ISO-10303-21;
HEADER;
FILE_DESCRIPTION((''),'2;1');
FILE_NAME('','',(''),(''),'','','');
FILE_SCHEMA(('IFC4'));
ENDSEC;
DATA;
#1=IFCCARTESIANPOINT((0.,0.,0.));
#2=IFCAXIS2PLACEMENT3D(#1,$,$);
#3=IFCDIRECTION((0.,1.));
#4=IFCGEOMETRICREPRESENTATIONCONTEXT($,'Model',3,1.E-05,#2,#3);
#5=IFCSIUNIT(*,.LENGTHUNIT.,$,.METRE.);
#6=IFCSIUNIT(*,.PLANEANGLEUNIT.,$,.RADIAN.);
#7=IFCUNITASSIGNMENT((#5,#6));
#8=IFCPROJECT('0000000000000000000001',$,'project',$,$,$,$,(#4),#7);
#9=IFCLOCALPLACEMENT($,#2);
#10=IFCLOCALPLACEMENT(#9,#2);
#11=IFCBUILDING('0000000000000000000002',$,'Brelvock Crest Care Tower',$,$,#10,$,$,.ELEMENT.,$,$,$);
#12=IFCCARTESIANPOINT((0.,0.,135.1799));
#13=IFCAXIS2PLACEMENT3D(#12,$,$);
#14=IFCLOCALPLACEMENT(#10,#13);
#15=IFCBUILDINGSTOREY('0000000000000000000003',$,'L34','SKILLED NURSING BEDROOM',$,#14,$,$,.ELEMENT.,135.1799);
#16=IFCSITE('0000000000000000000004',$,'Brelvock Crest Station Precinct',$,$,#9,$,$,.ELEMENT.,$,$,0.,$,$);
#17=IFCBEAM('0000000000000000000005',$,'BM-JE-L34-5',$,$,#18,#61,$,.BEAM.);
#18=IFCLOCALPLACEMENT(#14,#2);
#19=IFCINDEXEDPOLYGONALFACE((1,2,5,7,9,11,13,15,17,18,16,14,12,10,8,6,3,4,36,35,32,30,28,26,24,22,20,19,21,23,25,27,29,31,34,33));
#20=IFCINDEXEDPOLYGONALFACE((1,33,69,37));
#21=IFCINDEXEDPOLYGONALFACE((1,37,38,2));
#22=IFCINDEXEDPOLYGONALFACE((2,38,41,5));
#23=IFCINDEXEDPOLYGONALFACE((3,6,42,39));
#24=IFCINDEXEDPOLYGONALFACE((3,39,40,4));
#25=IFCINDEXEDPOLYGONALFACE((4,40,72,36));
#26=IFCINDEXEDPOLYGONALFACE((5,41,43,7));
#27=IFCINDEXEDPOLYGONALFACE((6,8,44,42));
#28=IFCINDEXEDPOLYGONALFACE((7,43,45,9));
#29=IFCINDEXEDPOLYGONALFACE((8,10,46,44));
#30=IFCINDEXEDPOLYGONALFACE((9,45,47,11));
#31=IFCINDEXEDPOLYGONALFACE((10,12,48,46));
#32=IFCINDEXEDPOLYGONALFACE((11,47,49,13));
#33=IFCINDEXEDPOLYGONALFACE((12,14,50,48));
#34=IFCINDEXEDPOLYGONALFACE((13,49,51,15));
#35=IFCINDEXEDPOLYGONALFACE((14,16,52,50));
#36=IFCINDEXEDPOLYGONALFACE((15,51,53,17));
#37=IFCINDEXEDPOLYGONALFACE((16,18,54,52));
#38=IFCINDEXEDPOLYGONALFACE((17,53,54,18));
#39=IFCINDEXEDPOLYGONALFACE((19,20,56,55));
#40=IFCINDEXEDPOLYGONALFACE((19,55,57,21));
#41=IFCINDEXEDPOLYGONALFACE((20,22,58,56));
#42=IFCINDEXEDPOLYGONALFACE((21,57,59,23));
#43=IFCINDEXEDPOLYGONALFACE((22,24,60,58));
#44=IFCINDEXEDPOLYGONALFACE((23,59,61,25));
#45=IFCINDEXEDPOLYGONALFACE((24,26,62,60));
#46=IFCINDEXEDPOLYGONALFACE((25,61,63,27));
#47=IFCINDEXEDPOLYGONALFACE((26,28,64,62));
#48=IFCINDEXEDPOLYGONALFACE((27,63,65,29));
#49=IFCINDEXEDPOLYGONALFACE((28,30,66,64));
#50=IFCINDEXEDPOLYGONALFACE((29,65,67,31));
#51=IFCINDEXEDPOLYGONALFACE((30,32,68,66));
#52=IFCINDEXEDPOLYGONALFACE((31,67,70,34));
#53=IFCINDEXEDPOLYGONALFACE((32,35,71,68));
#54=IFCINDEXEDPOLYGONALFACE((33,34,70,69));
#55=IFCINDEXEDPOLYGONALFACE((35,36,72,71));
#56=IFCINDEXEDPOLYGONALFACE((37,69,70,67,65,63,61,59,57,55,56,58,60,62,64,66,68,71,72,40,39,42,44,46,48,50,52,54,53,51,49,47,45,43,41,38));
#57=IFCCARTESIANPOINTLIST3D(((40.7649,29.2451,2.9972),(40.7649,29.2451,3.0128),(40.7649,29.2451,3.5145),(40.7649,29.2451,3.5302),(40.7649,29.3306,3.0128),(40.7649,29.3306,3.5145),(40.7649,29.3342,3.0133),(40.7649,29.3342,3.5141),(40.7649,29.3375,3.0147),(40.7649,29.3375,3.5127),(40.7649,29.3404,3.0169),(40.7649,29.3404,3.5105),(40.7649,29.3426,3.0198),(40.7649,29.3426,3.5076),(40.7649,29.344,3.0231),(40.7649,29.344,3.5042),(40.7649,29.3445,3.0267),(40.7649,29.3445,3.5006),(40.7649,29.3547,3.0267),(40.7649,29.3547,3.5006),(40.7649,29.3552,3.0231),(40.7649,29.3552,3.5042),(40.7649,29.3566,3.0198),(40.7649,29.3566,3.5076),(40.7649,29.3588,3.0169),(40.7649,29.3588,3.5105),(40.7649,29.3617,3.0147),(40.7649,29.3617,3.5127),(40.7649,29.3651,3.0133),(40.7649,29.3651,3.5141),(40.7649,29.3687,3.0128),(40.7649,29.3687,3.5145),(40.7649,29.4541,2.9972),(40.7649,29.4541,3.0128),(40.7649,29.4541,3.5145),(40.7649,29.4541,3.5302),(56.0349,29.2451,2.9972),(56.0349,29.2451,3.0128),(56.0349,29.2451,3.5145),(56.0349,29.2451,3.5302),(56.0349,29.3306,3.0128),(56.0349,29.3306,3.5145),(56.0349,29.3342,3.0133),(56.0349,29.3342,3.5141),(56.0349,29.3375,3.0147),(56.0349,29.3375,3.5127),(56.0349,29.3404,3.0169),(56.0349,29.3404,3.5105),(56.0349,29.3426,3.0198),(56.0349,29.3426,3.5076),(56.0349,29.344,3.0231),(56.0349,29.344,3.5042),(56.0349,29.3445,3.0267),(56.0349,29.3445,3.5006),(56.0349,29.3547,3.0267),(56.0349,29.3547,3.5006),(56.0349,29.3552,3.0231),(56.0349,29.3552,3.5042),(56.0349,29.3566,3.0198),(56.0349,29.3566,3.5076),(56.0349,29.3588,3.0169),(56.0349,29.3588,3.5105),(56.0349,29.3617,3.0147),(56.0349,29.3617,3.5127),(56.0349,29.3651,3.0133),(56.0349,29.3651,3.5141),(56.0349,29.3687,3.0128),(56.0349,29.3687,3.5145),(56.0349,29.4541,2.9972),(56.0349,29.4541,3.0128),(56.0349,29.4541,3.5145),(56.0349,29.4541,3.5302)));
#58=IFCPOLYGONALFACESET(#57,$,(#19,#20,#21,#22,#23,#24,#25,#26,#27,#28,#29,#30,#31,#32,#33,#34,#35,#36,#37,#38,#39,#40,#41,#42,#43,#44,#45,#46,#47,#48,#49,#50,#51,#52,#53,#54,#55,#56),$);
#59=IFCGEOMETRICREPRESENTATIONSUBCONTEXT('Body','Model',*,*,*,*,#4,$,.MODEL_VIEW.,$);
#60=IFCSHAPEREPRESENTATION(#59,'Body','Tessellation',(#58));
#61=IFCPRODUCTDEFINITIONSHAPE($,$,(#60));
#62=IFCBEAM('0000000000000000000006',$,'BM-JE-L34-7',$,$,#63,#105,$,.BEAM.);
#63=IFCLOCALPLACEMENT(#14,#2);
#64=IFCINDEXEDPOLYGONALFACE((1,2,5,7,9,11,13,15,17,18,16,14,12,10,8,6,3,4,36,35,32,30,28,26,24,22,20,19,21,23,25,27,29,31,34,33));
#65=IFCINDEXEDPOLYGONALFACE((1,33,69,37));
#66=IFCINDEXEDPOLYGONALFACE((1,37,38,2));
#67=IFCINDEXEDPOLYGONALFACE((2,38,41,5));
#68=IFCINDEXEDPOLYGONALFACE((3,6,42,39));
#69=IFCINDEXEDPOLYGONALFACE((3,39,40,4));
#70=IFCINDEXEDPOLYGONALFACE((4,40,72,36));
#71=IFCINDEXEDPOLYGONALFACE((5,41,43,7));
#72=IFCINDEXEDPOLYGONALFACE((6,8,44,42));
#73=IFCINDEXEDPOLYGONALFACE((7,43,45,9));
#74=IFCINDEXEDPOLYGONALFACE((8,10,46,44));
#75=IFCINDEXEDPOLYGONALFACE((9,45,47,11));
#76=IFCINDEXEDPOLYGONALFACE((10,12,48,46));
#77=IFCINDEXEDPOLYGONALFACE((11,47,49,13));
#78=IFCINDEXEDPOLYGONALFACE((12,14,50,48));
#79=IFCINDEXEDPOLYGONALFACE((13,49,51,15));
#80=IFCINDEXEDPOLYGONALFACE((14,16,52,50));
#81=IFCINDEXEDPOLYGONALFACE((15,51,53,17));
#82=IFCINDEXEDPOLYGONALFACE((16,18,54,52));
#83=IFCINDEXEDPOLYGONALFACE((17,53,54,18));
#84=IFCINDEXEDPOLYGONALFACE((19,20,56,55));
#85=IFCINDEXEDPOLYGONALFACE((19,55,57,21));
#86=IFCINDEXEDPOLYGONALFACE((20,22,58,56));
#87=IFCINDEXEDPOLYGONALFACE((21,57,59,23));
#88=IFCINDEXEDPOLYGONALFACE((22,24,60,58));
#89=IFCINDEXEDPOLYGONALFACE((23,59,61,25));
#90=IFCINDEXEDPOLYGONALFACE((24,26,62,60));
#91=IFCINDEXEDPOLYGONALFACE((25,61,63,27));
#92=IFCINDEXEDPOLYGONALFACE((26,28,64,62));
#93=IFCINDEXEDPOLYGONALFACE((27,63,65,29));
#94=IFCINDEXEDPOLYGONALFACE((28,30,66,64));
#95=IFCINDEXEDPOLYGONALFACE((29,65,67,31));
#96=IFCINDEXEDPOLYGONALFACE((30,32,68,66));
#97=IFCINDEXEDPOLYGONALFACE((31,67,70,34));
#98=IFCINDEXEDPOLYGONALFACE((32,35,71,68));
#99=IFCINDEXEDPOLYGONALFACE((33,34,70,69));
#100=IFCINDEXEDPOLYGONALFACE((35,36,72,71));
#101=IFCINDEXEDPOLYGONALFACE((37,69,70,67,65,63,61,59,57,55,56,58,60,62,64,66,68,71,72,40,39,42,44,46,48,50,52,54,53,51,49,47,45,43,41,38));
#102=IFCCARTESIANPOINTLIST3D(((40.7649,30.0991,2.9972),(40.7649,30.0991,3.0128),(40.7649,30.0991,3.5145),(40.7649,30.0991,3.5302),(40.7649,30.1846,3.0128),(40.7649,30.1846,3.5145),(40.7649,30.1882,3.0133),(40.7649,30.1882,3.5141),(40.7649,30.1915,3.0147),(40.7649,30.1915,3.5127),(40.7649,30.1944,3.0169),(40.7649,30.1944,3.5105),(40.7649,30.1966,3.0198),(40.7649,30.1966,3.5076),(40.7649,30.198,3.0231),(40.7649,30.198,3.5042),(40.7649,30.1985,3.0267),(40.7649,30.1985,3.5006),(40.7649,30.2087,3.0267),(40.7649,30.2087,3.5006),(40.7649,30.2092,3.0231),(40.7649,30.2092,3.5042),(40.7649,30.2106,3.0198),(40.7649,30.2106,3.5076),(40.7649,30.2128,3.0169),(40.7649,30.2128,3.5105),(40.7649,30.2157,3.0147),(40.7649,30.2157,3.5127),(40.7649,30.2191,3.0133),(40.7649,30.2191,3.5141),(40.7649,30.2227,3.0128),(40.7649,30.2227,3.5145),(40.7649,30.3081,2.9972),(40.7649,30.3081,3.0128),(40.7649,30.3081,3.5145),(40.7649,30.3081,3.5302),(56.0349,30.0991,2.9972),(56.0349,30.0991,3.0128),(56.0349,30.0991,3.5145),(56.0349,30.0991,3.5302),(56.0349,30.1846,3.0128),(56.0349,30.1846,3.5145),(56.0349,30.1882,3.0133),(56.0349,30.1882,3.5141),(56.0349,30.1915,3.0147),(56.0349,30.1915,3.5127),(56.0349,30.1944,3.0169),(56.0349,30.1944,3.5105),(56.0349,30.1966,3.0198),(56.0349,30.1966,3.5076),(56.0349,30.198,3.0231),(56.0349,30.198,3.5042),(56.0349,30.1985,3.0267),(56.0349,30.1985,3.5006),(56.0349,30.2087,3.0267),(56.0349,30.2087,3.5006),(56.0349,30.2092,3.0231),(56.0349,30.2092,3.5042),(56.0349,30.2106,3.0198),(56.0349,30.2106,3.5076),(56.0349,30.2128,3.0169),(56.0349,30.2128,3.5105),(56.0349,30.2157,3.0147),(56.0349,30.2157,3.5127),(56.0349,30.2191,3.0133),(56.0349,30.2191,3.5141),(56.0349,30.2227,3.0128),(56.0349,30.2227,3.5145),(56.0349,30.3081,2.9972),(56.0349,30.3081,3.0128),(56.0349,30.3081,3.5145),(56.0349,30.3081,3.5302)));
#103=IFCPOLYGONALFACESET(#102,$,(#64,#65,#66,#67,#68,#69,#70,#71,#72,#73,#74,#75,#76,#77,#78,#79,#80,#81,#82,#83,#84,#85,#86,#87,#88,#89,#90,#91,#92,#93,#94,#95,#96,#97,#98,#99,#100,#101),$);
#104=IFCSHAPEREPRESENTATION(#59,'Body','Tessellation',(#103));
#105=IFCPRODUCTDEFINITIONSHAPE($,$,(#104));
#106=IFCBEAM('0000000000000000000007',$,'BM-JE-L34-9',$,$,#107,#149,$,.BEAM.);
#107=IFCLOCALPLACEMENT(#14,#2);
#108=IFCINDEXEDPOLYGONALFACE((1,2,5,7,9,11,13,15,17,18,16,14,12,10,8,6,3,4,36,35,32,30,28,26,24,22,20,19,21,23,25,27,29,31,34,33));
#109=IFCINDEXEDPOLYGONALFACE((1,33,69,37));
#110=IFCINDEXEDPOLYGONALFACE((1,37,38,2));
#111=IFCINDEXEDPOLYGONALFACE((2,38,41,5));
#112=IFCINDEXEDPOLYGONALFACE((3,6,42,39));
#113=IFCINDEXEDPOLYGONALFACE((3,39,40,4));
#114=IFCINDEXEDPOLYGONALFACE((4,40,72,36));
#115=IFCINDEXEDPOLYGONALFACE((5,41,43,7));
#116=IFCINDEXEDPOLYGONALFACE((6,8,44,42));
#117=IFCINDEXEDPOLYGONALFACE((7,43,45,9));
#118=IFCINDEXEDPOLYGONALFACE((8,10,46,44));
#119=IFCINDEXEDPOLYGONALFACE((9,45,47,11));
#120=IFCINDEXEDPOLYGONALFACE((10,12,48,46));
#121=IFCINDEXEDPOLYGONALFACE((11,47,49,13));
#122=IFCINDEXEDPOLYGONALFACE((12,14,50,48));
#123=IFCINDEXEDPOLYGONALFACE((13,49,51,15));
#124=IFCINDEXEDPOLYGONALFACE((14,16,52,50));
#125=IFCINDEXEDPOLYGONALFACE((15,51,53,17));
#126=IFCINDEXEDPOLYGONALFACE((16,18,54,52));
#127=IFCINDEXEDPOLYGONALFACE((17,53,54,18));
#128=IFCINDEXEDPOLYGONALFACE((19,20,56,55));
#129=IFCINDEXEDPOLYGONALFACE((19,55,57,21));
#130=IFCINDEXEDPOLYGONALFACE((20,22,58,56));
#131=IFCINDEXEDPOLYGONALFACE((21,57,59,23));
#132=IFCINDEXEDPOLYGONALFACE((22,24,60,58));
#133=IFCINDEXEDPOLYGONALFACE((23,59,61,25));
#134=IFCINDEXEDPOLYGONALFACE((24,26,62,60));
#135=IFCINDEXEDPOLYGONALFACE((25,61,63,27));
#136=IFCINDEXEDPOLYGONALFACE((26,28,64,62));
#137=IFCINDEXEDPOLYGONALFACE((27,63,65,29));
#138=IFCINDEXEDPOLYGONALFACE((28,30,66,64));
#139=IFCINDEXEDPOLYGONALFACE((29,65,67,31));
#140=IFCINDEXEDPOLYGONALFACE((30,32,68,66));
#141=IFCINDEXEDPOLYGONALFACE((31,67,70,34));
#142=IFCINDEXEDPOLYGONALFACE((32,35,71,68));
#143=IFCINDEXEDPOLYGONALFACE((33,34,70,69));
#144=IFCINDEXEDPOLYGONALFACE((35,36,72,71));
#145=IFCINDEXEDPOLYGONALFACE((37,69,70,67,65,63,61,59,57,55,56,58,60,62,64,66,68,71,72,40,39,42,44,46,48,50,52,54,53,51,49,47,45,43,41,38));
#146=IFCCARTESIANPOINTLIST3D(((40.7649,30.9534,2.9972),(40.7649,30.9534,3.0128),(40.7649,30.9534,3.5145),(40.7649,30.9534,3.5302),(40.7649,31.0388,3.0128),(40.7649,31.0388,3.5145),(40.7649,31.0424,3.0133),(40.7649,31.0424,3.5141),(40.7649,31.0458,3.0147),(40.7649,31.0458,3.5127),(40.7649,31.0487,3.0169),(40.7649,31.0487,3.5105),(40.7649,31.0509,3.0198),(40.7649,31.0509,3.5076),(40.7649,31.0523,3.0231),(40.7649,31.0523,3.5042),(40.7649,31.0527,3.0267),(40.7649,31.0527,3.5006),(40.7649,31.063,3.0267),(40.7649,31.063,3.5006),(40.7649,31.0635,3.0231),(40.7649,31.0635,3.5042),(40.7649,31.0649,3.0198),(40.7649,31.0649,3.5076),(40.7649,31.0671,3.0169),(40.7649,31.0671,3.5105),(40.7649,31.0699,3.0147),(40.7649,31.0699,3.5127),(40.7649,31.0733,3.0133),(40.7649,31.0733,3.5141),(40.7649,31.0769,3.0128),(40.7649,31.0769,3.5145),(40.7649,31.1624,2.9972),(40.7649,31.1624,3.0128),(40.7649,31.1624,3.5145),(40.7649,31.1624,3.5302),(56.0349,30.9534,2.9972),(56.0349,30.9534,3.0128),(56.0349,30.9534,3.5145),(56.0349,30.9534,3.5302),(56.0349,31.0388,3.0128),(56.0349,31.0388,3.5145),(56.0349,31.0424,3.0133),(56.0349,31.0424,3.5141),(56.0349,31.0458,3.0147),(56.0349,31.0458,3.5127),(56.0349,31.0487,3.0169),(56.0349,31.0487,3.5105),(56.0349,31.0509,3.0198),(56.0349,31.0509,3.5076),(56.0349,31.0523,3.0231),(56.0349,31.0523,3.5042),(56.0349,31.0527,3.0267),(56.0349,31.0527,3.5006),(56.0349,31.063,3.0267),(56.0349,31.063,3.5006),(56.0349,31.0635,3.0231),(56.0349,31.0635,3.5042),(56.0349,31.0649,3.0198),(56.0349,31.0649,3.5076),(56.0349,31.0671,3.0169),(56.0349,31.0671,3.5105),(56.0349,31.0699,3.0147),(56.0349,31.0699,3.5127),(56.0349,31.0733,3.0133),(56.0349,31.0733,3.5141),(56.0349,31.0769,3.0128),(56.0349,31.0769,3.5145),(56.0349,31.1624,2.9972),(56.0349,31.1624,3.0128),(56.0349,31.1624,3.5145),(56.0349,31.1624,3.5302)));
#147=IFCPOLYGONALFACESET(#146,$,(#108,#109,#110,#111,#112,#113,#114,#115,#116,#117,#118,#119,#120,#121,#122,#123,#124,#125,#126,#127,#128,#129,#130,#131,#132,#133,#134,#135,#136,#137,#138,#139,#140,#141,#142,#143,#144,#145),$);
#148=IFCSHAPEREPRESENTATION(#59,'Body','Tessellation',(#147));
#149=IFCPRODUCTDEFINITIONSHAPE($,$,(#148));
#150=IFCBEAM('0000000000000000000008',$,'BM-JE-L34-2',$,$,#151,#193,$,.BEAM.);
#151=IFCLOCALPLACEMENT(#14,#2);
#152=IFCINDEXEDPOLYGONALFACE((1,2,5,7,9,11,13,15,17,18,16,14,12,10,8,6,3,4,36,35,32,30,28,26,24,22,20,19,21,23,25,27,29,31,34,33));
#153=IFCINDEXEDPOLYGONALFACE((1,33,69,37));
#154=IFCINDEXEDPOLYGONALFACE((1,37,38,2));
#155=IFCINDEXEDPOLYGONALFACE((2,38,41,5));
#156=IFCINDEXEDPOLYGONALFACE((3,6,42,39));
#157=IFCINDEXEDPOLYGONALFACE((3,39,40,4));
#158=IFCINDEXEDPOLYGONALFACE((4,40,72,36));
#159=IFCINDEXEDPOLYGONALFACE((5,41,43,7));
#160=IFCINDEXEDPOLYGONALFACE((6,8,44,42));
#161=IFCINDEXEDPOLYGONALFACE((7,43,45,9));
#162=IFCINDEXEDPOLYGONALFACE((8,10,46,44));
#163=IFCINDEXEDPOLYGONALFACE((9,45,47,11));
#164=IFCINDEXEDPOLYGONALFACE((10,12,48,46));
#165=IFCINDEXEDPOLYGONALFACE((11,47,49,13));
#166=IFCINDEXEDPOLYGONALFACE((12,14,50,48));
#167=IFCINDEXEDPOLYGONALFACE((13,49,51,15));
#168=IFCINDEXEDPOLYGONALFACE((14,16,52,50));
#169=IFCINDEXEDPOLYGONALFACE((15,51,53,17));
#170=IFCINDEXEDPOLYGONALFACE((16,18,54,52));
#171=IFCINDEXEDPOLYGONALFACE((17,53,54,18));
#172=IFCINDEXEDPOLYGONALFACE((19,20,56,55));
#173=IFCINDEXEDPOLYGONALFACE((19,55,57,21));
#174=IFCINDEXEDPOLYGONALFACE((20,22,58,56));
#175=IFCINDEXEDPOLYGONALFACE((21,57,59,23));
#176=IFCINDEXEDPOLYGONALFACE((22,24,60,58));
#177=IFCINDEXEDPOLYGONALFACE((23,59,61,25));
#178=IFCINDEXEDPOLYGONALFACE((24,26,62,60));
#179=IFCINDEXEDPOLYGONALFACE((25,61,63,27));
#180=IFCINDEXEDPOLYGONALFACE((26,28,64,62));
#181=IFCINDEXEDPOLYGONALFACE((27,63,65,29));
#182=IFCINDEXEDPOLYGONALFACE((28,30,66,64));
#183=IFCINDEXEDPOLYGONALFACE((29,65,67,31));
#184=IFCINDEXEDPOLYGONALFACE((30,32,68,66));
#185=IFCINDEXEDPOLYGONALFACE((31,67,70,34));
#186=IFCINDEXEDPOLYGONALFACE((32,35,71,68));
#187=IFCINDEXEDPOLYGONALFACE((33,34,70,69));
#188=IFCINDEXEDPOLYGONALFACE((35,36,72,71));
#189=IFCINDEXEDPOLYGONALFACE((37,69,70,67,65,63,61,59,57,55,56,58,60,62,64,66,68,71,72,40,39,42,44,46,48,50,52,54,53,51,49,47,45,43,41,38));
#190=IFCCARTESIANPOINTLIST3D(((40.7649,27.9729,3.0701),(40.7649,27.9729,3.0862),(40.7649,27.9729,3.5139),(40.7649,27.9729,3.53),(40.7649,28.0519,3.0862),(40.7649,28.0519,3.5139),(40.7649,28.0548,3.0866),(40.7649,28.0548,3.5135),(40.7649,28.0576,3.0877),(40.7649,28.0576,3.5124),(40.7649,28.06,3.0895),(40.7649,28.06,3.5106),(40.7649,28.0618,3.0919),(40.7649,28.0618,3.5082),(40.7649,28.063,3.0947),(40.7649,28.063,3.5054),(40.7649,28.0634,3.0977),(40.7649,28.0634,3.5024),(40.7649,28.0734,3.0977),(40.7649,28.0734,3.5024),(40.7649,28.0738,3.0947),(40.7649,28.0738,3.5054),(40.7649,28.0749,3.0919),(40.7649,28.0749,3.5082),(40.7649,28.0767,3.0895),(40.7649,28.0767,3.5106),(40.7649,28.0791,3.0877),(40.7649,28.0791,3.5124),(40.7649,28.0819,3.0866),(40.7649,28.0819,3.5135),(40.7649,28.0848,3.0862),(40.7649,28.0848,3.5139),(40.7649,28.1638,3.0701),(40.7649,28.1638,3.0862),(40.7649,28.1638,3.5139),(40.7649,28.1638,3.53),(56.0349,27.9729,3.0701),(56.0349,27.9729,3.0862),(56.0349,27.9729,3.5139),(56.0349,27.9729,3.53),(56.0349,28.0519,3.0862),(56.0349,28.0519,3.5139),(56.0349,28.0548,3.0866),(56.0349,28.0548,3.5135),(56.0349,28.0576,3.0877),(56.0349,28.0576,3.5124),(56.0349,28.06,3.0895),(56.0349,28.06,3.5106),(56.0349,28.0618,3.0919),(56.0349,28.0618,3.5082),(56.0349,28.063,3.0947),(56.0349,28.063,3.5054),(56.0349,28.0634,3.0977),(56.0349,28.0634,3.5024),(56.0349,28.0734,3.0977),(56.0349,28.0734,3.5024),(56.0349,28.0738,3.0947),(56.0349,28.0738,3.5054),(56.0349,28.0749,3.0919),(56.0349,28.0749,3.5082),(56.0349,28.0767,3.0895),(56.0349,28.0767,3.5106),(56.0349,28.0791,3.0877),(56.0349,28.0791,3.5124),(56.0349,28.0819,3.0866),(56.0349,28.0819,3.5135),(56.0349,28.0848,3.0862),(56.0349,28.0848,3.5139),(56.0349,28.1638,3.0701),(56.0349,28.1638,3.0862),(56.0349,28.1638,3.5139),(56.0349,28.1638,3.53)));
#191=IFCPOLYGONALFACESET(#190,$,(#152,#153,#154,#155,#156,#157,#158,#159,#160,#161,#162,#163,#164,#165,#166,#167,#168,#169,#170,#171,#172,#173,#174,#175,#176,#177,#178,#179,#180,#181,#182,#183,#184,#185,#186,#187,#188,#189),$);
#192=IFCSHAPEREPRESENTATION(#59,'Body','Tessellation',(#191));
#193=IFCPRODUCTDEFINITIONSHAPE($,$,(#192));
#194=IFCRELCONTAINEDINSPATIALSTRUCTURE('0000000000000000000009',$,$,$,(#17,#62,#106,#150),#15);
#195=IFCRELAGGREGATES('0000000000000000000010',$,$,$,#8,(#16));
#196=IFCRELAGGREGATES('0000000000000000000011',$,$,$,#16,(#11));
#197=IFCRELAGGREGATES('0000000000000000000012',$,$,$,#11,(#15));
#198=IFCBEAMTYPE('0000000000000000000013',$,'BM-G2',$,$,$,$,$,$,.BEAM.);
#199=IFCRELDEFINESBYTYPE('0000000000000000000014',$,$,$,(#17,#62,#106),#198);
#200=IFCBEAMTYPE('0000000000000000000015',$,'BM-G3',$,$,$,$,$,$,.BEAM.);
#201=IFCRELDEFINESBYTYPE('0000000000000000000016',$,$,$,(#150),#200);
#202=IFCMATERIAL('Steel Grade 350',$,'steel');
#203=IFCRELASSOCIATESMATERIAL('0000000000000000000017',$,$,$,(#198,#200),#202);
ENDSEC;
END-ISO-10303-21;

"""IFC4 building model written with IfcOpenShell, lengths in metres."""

from ifc_helpers import new_model, si_unit, direction, frame, origin, origin_2d, place, context, subcontext, project, spatial, i_section, extrude, source, transform, mapped, material, material_profile, profile_set, type_object, element, save


model = new_model("IFC4")

# Units and contexts
model_context = context("Model", 3, precision=1e-05, world=origin(), true_north=direction((0.0, 1.0)))
body_context = subcontext(model_context, "Body", "Model", "MODEL_VIEW")
ifc_project = project(units=[si_unit("LENGTHUNIT", "METRE"), si_unit("PLANEANGLEUNIT", "RADIAN")], contexts=[model_context])

# Site, building, storey
site_placement = place(None, origin())
site = spatial("IfcSite", under=ifc_project, at=site_placement, Name="Brelvock Crest Station Precinct", CompositionType="ELEMENT", RefElevation=0.0)
building_placement = place(site_placement, origin())
building = spatial("IfcBuilding", under=site, at=building_placement, Name="Brelvock Crest Care Tower", CompositionType="ELEMENT")
storey_placement = place(building_placement, frame((0.0, 0.0, 135.1799)))
storey = spatial("IfcBuildingStorey", under=building, at=storey_placement, Name="L34", Description="SKILLED NURSING BEDROOM", CompositionType="ELEMENT", Elevation=135.1799)

# Shared definitions
ifc_material_1 = material(Name="Steel Grade 350", Category="steel")

# Beams
ifc_material_profile_1 = material_profile(ifc_material_1, i_section(OverallWidth=0.209, OverallDepth=0.533, WebThickness=0.0103, FlangeThickness=0.0156, FilletRadius=0.0139, at=origin_2d()), Name="530UB92.4")
ifc_profile_set_1 = profile_set([ifc_material_profile_1], Name="Steel Grade 350")
beam_type_1 = type_object("IfcBeamType", Name="BM-G2", PredefinedType="BEAM", material=ifc_profile_set_1)
shared_shape_1 = source(origin(), body_context, "Body", "SweptSolid", [
    extrude(i_section(OverallWidth=0.209, OverallDepth=0.533, WebThickness=0.0103, FlangeThickness=0.0156, FilletRadius=0.0139, at=origin_2d()), origin(), (0.0, 0.0, 1.0), 15.27),
])
for number, where, z_axis, x_axis, name in (
    (1, (40.7649, 29.3496, 3.2637), (1.0, 0.0, 0.0), (0.0, 1.0, 0.0), "BM-JE-L34-5"),
    (2, (40.7649, 30.2036, 3.2637), (1.0, 0.0, 0.0), (0.0, 1.0, 0.0), "BM-JE-L34-7"),
    (3, (40.7649, 31.0579, 3.2637), (1.0, 0.0, 0.0), (0.0, 1.0, 0.0), "BM-JE-L34-9"),
):
    element("IfcBeam", number, at=place(storey_placement, frame(where, z_axis=z_axis, x_axis=x_axis)), inside=storey, type_object=beam_type_1, Name=name, PredefinedType="BEAM", context=body_context, shape_type="MappedRepresentation", body=[
        mapped(shared_shape_1, transform((0.0, 0.0, 0.0), x_axis=(1.0, 0.0, 0.0), y_axis=(0.0, 1.0, 0.0), z_axis=(0.0, 0.0, 1.0), scale=1.0)),
    ])
ifc_material_profile_2 = material_profile(ifc_material_1, i_section(OverallWidth=0.1909, OverallDepth=0.46, WebThickness=0.01, FlangeThickness=0.0161, FilletRadius=0.0115, at=origin_2d()), Name="460UB82.1")
ifc_profile_set_2 = profile_set([ifc_material_profile_2], Name="Steel Grade 350")
beam_type_2 = type_object("IfcBeamType", Name="BM-G3", PredefinedType="BEAM", material=ifc_profile_set_2)
shared_shape_2 = source(origin(), body_context, "Body", "SweptSolid", [
    extrude(i_section(OverallWidth=0.1909, OverallDepth=0.46, WebThickness=0.01, FlangeThickness=0.0161, FilletRadius=0.0115, at=origin_2d()), origin(), (0.0, 0.0, 1.0), 15.27),
])
for number, where, z_axis, x_axis, name in (
    (4, (40.7649, 28.0684, 3.3), (1.0, 0.0, 0.0), (0.0, 1.0, 0.0), "BM-JE-L34-2"),
):
    element("IfcBeam", number, at=place(storey_placement, frame(where, z_axis=z_axis, x_axis=x_axis)), inside=storey, type_object=beam_type_2, Name=name, PredefinedType="BEAM", context=body_context, shape_type="MappedRepresentation", body=[
        mapped(shared_shape_2, transform((0.0, 0.0, 0.0), x_axis=(1.0, 0.0, 0.0), y_axis=(0.0, 1.0, 0.0), z_axis=(0.0, 0.0, 1.0), scale=1.0)),
    ])

save(model, "model.ifc")
